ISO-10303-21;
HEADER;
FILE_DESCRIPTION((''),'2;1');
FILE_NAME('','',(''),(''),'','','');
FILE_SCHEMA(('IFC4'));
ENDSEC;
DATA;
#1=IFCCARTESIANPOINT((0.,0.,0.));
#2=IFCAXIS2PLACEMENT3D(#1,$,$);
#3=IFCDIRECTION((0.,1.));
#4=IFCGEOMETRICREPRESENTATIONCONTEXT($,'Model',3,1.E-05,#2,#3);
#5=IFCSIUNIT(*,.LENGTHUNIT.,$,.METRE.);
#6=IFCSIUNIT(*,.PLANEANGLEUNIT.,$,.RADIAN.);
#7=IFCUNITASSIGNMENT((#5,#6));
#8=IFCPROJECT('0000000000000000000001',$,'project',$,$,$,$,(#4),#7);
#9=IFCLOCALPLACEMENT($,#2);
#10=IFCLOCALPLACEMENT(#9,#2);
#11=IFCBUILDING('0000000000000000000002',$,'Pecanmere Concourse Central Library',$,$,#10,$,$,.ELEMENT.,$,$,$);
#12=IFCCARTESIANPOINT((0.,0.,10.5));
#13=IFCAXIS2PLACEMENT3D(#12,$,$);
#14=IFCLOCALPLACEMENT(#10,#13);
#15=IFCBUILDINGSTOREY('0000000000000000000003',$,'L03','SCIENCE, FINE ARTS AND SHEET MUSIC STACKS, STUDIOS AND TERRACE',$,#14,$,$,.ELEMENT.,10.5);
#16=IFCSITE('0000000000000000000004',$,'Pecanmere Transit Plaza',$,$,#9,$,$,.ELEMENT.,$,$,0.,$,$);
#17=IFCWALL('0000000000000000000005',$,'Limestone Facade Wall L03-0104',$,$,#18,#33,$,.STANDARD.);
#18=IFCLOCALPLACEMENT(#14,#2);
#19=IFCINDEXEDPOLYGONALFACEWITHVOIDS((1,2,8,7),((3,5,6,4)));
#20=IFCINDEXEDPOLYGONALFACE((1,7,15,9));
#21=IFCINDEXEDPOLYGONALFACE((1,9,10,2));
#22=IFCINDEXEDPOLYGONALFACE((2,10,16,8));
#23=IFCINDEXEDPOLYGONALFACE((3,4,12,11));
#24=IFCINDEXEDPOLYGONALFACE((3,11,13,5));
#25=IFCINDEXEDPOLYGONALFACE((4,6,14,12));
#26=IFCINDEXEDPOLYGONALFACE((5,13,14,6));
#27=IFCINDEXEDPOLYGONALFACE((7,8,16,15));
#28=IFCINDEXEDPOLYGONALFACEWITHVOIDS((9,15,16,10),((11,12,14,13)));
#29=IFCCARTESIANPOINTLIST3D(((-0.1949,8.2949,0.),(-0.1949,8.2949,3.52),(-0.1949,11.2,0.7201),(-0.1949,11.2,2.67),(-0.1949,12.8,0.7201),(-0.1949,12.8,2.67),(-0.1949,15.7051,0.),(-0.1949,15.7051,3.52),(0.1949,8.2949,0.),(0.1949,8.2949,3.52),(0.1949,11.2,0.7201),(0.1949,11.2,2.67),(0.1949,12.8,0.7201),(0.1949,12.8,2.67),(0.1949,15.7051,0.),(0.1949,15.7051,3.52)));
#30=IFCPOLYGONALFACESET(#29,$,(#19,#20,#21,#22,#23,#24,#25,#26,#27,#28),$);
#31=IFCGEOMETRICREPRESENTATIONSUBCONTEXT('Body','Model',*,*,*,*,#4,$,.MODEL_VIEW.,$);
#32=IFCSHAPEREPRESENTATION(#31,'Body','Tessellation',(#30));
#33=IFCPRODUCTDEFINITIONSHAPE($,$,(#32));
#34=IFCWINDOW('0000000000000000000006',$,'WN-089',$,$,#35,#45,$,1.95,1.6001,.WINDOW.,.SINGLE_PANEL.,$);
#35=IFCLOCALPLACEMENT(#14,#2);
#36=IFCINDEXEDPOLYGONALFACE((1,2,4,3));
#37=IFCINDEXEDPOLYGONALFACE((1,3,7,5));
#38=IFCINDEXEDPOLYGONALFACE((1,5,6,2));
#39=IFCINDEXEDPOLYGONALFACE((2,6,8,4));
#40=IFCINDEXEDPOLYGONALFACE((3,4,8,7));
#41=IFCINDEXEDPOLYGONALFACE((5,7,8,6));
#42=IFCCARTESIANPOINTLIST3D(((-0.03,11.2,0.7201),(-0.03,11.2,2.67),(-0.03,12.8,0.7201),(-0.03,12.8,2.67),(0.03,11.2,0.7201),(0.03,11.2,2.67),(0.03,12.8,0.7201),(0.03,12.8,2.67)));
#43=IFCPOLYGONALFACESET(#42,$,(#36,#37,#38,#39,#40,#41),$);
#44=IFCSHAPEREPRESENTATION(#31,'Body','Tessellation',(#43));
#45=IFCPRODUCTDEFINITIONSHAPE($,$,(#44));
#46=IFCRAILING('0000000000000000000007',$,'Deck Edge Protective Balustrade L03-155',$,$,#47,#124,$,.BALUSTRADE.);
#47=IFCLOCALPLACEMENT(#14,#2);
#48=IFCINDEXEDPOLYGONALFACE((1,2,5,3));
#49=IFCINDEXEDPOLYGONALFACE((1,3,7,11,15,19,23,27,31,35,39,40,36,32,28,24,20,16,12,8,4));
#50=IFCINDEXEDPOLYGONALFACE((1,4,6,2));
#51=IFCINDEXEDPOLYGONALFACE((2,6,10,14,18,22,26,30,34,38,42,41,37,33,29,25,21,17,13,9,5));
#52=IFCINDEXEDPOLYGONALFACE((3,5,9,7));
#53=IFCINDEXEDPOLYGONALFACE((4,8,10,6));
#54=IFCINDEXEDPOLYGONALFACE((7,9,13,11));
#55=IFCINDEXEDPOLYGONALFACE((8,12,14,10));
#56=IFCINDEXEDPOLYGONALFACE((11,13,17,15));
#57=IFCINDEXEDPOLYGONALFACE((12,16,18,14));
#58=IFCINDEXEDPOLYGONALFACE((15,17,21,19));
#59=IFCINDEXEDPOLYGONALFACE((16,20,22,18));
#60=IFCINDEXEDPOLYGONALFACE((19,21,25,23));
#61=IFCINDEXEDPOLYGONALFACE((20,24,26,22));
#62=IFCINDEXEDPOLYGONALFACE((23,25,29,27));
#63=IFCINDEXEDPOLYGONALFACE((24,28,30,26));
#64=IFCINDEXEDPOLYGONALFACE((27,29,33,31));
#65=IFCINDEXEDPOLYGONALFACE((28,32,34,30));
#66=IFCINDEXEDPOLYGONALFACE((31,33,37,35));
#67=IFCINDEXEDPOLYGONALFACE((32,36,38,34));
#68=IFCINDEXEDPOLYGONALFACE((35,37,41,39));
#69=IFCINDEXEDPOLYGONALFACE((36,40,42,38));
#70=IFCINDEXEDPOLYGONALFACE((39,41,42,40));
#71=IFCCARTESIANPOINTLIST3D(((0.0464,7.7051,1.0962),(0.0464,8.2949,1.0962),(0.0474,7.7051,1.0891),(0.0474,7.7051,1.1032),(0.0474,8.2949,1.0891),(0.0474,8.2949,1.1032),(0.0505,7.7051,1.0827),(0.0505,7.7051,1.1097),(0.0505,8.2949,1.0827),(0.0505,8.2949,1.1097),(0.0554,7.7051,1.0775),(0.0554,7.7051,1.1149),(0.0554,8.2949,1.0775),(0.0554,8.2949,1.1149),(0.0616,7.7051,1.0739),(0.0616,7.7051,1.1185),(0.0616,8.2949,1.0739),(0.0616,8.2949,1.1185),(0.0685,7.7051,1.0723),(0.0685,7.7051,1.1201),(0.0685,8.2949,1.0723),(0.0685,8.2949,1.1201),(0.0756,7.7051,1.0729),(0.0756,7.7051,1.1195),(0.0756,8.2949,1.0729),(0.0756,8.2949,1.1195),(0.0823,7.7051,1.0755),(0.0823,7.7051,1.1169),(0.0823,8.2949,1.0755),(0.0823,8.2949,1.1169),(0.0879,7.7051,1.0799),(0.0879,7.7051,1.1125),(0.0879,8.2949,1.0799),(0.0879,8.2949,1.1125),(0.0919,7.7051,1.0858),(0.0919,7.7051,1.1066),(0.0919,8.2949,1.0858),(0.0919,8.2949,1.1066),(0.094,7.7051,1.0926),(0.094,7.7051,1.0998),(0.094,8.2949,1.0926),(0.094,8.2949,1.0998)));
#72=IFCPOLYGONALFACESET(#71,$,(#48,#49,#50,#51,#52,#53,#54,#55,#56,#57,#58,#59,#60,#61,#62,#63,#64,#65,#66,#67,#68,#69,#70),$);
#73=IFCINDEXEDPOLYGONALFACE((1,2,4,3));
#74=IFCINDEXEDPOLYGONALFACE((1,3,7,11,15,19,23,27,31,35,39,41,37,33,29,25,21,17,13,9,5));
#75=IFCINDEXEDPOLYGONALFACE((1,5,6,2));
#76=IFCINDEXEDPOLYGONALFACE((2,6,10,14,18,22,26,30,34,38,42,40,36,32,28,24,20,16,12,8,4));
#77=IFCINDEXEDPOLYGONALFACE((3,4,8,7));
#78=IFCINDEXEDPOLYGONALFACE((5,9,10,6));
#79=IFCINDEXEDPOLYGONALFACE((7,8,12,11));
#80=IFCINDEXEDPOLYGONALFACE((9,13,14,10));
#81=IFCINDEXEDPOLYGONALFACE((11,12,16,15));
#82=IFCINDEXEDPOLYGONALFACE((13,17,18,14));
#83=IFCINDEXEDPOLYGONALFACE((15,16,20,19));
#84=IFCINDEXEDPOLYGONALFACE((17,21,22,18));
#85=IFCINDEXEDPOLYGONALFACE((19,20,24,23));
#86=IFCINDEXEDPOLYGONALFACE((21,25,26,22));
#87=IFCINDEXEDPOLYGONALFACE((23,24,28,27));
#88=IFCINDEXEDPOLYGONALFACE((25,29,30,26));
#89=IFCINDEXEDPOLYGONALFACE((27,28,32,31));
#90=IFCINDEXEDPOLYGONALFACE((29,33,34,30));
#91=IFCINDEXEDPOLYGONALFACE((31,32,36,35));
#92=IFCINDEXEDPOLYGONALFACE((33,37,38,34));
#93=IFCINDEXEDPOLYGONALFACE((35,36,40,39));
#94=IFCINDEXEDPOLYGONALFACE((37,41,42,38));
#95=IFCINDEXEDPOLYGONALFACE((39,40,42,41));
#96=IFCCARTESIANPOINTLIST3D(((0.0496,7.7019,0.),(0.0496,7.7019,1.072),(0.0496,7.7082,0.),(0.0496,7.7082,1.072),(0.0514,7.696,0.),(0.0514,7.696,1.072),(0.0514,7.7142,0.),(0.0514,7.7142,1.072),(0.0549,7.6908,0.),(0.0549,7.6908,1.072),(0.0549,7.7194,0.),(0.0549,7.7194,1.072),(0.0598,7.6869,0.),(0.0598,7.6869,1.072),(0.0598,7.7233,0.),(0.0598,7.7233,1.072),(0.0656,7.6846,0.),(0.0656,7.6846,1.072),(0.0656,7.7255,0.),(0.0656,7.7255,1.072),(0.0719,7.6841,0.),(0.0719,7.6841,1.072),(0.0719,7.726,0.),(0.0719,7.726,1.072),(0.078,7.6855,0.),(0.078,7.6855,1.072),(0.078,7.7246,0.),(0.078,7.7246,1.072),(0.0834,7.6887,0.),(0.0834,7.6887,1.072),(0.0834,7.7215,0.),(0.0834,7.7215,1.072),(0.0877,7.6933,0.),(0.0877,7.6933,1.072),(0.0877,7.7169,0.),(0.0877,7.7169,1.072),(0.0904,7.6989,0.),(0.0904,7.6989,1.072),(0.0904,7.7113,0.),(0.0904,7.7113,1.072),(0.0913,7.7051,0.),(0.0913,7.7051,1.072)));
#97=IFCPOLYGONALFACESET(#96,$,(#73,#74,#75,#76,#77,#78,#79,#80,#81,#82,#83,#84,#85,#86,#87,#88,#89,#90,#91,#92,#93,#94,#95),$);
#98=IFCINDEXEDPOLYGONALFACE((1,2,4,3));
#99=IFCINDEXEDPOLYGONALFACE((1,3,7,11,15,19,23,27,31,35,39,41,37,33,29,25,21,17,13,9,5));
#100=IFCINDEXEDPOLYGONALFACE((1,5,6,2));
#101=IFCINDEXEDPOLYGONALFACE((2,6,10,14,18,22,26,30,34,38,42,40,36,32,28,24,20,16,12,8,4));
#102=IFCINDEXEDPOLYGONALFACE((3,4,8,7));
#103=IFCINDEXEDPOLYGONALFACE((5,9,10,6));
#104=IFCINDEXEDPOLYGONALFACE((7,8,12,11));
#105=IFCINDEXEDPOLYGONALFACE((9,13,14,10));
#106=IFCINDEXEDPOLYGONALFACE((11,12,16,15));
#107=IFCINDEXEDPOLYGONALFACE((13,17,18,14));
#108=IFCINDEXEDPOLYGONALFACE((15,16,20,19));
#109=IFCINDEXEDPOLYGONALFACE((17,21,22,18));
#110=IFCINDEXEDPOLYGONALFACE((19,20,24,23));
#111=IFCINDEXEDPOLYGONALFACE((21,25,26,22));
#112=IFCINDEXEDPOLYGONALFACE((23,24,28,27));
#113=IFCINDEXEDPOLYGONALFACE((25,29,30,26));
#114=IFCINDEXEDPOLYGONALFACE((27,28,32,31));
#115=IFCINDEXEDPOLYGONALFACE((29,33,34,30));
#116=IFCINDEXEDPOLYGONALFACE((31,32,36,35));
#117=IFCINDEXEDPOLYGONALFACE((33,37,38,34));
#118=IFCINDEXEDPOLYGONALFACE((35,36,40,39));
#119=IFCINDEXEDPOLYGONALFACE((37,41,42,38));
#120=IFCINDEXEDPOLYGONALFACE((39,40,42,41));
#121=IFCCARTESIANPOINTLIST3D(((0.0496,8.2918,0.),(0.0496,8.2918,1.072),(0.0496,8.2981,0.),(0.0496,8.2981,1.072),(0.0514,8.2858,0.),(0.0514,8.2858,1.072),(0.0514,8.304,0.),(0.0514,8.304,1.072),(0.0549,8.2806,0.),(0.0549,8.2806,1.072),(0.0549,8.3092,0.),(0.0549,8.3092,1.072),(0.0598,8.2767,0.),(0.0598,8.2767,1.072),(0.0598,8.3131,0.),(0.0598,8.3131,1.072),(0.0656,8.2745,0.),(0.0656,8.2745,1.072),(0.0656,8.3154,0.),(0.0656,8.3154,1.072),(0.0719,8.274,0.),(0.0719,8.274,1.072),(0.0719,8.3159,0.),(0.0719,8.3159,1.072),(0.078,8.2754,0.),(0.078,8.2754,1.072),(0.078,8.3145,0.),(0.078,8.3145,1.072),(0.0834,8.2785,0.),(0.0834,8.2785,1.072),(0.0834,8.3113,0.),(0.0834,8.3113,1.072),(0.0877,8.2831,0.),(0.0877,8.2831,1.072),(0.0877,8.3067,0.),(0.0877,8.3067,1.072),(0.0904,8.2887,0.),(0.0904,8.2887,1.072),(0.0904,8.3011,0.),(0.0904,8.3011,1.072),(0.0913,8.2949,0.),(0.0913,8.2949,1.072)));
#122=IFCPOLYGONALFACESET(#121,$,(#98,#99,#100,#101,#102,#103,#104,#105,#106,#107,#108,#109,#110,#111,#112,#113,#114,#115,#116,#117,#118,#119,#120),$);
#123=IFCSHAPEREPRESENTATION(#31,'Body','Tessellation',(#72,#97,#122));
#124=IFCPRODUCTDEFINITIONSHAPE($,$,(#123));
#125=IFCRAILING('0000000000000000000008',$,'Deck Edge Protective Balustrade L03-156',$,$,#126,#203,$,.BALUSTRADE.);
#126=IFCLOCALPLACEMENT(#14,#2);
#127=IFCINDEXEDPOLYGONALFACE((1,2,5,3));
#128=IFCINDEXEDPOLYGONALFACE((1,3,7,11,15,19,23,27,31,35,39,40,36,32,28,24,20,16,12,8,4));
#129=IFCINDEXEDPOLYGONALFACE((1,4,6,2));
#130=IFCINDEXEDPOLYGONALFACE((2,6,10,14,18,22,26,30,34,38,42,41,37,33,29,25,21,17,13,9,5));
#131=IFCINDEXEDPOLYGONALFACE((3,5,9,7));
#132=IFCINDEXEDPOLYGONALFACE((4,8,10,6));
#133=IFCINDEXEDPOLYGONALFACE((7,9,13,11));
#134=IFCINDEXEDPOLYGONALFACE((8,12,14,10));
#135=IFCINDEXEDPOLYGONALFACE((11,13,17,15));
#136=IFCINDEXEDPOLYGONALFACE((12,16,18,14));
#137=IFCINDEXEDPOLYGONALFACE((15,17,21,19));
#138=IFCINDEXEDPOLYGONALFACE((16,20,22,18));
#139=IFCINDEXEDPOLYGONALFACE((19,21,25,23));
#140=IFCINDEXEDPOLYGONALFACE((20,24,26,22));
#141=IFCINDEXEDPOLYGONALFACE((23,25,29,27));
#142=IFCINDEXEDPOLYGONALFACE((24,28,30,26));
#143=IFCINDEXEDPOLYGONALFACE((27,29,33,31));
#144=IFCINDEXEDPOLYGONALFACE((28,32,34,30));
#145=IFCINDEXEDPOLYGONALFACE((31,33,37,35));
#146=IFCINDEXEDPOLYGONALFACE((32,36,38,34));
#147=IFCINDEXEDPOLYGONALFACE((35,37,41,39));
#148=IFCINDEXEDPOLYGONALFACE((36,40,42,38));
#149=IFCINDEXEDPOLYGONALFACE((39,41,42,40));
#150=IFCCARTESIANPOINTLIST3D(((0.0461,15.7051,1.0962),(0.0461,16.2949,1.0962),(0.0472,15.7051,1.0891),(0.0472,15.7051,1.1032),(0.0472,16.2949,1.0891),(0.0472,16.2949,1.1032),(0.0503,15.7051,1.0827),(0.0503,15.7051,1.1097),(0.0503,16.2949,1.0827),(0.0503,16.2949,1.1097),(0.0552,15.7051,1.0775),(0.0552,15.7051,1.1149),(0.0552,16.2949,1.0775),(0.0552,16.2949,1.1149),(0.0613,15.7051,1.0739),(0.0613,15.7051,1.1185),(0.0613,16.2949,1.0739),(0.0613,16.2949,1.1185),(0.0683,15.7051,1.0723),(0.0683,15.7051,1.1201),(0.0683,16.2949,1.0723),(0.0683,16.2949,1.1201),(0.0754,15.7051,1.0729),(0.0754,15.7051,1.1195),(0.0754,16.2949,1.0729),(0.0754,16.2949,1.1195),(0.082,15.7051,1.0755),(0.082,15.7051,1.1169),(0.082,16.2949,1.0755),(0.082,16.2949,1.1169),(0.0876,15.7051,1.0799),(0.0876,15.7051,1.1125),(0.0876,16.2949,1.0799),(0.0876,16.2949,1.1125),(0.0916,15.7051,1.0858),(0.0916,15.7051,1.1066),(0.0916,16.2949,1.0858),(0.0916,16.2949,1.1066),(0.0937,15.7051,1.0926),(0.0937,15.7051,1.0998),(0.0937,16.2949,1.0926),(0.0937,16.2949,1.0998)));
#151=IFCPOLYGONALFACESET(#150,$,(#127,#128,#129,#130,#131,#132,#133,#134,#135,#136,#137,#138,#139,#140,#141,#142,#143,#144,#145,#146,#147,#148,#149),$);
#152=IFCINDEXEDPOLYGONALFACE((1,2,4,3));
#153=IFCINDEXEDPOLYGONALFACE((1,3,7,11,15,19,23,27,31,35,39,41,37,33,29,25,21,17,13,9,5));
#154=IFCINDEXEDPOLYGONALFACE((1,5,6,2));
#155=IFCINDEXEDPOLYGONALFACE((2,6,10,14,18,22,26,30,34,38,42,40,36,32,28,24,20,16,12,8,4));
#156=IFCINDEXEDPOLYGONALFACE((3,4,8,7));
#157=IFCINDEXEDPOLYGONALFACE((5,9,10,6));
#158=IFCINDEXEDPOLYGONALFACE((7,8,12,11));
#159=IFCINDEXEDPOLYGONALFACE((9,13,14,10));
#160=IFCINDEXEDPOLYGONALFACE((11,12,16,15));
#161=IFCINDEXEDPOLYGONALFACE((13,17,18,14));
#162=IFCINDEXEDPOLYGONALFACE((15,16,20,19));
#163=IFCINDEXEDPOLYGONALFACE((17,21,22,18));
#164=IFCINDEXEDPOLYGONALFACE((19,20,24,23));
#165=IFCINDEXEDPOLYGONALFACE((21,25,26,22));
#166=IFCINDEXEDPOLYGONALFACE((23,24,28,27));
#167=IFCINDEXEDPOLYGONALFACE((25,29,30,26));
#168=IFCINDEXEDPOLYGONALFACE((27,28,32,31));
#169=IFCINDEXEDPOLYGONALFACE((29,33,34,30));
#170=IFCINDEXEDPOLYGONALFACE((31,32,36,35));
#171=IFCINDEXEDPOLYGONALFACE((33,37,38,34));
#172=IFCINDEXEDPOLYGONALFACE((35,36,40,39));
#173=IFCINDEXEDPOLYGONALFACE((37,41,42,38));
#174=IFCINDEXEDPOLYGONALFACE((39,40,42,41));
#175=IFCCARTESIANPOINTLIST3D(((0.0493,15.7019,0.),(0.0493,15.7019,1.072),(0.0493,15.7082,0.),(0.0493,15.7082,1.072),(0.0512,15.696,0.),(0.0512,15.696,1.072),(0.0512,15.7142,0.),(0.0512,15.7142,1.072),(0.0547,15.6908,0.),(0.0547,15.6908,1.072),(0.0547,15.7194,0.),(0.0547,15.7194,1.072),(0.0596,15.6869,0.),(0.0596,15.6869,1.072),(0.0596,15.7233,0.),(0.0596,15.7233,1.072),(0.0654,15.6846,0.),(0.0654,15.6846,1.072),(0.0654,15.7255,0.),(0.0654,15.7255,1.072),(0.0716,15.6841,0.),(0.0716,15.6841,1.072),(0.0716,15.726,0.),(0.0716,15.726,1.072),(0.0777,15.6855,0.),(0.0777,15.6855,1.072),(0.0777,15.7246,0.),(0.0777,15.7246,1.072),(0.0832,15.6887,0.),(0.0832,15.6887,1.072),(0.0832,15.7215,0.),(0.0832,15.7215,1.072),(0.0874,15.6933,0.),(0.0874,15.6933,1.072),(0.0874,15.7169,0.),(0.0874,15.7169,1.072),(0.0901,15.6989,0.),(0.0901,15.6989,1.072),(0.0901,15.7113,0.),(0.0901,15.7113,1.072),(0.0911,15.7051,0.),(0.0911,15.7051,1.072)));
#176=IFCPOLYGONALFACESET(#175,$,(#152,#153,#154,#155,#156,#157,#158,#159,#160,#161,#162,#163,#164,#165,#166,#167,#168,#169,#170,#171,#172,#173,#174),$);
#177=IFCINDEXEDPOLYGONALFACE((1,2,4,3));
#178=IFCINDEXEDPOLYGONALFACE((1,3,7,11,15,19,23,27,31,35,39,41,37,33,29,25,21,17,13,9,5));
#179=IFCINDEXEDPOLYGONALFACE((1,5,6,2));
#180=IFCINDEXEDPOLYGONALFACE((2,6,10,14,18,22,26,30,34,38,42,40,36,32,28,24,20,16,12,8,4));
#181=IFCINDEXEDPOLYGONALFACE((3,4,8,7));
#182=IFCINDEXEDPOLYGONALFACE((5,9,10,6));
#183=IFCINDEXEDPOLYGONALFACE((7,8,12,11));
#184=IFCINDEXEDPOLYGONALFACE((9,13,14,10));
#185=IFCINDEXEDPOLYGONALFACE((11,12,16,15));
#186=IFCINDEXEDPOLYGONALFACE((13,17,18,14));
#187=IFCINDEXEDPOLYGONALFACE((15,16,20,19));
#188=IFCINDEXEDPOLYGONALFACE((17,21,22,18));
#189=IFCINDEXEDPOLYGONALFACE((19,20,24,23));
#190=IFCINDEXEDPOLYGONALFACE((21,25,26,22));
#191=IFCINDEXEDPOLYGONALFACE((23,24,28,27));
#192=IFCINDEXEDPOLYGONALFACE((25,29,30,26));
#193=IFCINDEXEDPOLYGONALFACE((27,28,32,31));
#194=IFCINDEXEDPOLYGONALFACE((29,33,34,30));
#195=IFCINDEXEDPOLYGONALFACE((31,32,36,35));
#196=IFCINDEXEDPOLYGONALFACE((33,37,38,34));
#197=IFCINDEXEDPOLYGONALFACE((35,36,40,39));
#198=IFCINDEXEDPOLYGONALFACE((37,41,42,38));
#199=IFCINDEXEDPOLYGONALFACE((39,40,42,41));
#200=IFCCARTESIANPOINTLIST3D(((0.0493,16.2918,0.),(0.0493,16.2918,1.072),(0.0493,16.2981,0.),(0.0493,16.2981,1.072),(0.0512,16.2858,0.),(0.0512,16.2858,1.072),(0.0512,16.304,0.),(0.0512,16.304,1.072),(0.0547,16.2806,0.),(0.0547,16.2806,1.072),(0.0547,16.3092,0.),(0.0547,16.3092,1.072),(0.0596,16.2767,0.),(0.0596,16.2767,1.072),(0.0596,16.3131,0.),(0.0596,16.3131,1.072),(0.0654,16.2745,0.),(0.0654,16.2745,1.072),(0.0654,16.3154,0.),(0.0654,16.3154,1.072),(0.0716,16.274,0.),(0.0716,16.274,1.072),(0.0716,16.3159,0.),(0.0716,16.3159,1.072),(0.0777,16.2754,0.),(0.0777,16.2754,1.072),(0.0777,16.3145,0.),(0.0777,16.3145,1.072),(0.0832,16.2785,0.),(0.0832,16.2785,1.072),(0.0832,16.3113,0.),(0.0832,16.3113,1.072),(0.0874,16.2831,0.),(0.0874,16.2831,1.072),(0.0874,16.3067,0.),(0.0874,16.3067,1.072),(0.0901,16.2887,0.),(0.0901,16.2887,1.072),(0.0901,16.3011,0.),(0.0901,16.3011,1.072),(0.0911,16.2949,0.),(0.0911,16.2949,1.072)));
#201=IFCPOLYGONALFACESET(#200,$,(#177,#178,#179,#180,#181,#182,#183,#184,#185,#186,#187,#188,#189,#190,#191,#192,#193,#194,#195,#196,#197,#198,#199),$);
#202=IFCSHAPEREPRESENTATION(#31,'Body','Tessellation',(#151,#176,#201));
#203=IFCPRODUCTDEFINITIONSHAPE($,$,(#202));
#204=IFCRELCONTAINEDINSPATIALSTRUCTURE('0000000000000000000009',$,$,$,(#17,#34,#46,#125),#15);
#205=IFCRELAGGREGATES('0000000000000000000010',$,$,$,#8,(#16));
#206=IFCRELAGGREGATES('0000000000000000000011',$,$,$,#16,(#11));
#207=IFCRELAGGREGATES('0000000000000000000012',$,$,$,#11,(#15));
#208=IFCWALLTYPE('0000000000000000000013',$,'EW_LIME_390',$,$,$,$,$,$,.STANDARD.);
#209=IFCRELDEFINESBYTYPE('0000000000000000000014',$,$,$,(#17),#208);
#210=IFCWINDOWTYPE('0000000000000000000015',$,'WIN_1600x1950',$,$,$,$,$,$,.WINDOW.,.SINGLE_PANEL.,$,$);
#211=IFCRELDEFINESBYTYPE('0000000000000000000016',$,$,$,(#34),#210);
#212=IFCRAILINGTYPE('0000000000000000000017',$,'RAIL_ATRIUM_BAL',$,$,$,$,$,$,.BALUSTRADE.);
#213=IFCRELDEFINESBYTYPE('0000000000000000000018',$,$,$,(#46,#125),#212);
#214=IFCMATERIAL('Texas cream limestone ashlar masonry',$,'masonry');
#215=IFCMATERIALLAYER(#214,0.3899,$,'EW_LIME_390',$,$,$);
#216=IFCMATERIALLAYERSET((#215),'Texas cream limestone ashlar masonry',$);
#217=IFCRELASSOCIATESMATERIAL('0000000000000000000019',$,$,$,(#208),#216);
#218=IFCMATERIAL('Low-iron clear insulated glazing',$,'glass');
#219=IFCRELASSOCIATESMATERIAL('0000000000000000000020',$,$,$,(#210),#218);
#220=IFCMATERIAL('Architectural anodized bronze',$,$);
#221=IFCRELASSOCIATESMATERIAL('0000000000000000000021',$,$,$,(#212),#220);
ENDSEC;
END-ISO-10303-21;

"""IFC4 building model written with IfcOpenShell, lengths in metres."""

from ifc_helpers import new_model, si_unit, direction, frame, frame_2d, origin, origin_2d, place, context, subcontext, project, spatial, rectangle, circle, extrude, material, layer, layer_set, type_object, element, fill, save


model = new_model("IFC4")

# Units and contexts
model_context = context("Model", 3, precision=1e-05, world=origin(), true_north=direction((0.0, 1.0)))
body_context = subcontext(model_context, "Body", "Model", "MODEL_VIEW")
ifc_project = project(units=[si_unit("LENGTHUNIT", "METRE"), si_unit("PLANEANGLEUNIT", "RADIAN")], contexts=[model_context])

# Site, building, storey
site_placement = place(None, origin())
site = spatial("IfcSite", under=ifc_project, at=site_placement, Name="Pecanmere Transit Plaza", CompositionType="ELEMENT", RefElevation=0.0)
building_placement = place(site_placement, origin())
building = spatial("IfcBuilding", under=site, at=building_placement, Name="Pecanmere Concourse Central Library", CompositionType="ELEMENT")
storey_placement = place(building_placement, frame((0.0, 0.0, 10.5)))
storey = spatial("IfcBuildingStorey", under=building, at=storey_placement, Name="L03", Description="SCIENCE, FINE ARTS AND SHEET MUSIC STACKS, STUDIOS AND TERRACE", CompositionType="ELEMENT", Elevation=10.5)

# Wall, opening, window
ifc_material_1 = material(Name="Texas cream limestone ashlar masonry", Category="masonry")
ifc_layer = layer(ifc_material_1, 0.3899, Name="EW_LIME_390")
ifc_layer_set = layer_set([ifc_layer], Name="Texas cream limestone ashlar masonry")
wall_type = type_object("IfcWallType", Name="EW_LIME_390", PredefinedType="STANDARD", material=ifc_layer_set)
wall_1_placement = place(storey_placement, frame((0.0, 15.7051, 0.0), z_axis=(0.0, 0.0, 1.0), x_axis=(0.0, -1.0, 0.0)))
wall_1 = element("IfcWall", 1, at=wall_1_placement, inside=storey, type_object=wall_type, Name="Limestone Facade Wall L03-0104", PredefinedType="STANDARD", context=body_context, shape_type="SweptSolid", body=[
    extrude(rectangle(XDim=7.4102, YDim=0.3899, at=frame_2d((3.7051, 0.0))), origin(), (0.0, 0.0, 1.0), 3.52),
])
opening_1_placement = place(wall_1_placement, frame((2.905, 0.0, 0.72)))
opening_1 = element("IfcOpeningElement", 2, at=opening_1_placement, cuts=wall_1, PredefinedType="OPENING", context=body_context, shape_type="SweptSolid", body=[
    extrude(rectangle(XDim=1.6001, YDim=1.95, at=frame_2d((0.8, 0.9751))), frame((0.0, 0.207, 0.0), z_axis=(0.0, -1.0, 0.0), x_axis=(1.0, 0.0, 0.0)), (0.0, 0.0, 1.0), 0.4138),
])
ifc_material_2 = material(Name="Low-iron clear insulated glazing", Category="glass")
window_type_1 = type_object("IfcWindowType", Name="WIN_1600x1950", PartitioningType="SINGLE_PANEL", PredefinedType="WINDOW", material=ifc_material_2)
window_1_placement = place(opening_1_placement, origin())
window_1 = element("IfcWindow", 3, at=window_1_placement, inside=storey, type_object=window_type_1, Name="WN-089", OverallHeight=1.95, OverallWidth=1.6001, PartitioningType="SINGLE_PANEL", PredefinedType="WINDOW", context=body_context, shape_type="SweptSolid", body=[
    extrude(rectangle(XDim=1.6001, YDim=1.95, at=frame_2d((0.8, 0.9751))), frame((0.0, 0.03, 0.0), z_axis=(0.0, -1.0, 0.0), x_axis=(1.0, 0.0, 0.0)), (0.0, 0.0, 1.0), 0.0601),
])
fill(opening_1, window_1)

# Railings
ifc_material_3 = material(Name="Architectural anodized bronze")
railing_type = type_object("IfcRailingType", Name="RAIL_ATRIUM_BAL", PredefinedType="BALUSTRADE", material=ifc_material_3)
for number, where, name in (
    (4, (0.0703, 7.7051, 0.0), "Deck Edge Protective Balustrade L03-155"),
    (5, (0.0701, 15.7051, 0.0), "Deck Edge Protective Balustrade L03-156"),
):
    element("IfcRailing", number, at=place(storey_placement, frame(where)), inside=storey, type_object=railing_type, Name=name, PredefinedType="BALUSTRADE", context=body_context, shape_type="SweptSolid", body=[
        extrude(circle(Radius=0.0239, at=origin_2d()), frame((0.0, 0.0, 1.0962), z_axis=(0.0, 1.0, 0.0), x_axis=(-1.0, 0.0, 0.0)), (0.0, 0.0, 1.0), 0.5898),
        extrude(circle(Radius=0.021, at=origin_2d()), origin(), (0.0, 0.0, 1.0), 1.072),
        extrude(circle(Radius=0.021, at=origin_2d()), frame((0.0, 0.5898, 0.0)), (0.0, 0.0, 1.0), 1.072),
    ])

save(model, "model.ifc")
